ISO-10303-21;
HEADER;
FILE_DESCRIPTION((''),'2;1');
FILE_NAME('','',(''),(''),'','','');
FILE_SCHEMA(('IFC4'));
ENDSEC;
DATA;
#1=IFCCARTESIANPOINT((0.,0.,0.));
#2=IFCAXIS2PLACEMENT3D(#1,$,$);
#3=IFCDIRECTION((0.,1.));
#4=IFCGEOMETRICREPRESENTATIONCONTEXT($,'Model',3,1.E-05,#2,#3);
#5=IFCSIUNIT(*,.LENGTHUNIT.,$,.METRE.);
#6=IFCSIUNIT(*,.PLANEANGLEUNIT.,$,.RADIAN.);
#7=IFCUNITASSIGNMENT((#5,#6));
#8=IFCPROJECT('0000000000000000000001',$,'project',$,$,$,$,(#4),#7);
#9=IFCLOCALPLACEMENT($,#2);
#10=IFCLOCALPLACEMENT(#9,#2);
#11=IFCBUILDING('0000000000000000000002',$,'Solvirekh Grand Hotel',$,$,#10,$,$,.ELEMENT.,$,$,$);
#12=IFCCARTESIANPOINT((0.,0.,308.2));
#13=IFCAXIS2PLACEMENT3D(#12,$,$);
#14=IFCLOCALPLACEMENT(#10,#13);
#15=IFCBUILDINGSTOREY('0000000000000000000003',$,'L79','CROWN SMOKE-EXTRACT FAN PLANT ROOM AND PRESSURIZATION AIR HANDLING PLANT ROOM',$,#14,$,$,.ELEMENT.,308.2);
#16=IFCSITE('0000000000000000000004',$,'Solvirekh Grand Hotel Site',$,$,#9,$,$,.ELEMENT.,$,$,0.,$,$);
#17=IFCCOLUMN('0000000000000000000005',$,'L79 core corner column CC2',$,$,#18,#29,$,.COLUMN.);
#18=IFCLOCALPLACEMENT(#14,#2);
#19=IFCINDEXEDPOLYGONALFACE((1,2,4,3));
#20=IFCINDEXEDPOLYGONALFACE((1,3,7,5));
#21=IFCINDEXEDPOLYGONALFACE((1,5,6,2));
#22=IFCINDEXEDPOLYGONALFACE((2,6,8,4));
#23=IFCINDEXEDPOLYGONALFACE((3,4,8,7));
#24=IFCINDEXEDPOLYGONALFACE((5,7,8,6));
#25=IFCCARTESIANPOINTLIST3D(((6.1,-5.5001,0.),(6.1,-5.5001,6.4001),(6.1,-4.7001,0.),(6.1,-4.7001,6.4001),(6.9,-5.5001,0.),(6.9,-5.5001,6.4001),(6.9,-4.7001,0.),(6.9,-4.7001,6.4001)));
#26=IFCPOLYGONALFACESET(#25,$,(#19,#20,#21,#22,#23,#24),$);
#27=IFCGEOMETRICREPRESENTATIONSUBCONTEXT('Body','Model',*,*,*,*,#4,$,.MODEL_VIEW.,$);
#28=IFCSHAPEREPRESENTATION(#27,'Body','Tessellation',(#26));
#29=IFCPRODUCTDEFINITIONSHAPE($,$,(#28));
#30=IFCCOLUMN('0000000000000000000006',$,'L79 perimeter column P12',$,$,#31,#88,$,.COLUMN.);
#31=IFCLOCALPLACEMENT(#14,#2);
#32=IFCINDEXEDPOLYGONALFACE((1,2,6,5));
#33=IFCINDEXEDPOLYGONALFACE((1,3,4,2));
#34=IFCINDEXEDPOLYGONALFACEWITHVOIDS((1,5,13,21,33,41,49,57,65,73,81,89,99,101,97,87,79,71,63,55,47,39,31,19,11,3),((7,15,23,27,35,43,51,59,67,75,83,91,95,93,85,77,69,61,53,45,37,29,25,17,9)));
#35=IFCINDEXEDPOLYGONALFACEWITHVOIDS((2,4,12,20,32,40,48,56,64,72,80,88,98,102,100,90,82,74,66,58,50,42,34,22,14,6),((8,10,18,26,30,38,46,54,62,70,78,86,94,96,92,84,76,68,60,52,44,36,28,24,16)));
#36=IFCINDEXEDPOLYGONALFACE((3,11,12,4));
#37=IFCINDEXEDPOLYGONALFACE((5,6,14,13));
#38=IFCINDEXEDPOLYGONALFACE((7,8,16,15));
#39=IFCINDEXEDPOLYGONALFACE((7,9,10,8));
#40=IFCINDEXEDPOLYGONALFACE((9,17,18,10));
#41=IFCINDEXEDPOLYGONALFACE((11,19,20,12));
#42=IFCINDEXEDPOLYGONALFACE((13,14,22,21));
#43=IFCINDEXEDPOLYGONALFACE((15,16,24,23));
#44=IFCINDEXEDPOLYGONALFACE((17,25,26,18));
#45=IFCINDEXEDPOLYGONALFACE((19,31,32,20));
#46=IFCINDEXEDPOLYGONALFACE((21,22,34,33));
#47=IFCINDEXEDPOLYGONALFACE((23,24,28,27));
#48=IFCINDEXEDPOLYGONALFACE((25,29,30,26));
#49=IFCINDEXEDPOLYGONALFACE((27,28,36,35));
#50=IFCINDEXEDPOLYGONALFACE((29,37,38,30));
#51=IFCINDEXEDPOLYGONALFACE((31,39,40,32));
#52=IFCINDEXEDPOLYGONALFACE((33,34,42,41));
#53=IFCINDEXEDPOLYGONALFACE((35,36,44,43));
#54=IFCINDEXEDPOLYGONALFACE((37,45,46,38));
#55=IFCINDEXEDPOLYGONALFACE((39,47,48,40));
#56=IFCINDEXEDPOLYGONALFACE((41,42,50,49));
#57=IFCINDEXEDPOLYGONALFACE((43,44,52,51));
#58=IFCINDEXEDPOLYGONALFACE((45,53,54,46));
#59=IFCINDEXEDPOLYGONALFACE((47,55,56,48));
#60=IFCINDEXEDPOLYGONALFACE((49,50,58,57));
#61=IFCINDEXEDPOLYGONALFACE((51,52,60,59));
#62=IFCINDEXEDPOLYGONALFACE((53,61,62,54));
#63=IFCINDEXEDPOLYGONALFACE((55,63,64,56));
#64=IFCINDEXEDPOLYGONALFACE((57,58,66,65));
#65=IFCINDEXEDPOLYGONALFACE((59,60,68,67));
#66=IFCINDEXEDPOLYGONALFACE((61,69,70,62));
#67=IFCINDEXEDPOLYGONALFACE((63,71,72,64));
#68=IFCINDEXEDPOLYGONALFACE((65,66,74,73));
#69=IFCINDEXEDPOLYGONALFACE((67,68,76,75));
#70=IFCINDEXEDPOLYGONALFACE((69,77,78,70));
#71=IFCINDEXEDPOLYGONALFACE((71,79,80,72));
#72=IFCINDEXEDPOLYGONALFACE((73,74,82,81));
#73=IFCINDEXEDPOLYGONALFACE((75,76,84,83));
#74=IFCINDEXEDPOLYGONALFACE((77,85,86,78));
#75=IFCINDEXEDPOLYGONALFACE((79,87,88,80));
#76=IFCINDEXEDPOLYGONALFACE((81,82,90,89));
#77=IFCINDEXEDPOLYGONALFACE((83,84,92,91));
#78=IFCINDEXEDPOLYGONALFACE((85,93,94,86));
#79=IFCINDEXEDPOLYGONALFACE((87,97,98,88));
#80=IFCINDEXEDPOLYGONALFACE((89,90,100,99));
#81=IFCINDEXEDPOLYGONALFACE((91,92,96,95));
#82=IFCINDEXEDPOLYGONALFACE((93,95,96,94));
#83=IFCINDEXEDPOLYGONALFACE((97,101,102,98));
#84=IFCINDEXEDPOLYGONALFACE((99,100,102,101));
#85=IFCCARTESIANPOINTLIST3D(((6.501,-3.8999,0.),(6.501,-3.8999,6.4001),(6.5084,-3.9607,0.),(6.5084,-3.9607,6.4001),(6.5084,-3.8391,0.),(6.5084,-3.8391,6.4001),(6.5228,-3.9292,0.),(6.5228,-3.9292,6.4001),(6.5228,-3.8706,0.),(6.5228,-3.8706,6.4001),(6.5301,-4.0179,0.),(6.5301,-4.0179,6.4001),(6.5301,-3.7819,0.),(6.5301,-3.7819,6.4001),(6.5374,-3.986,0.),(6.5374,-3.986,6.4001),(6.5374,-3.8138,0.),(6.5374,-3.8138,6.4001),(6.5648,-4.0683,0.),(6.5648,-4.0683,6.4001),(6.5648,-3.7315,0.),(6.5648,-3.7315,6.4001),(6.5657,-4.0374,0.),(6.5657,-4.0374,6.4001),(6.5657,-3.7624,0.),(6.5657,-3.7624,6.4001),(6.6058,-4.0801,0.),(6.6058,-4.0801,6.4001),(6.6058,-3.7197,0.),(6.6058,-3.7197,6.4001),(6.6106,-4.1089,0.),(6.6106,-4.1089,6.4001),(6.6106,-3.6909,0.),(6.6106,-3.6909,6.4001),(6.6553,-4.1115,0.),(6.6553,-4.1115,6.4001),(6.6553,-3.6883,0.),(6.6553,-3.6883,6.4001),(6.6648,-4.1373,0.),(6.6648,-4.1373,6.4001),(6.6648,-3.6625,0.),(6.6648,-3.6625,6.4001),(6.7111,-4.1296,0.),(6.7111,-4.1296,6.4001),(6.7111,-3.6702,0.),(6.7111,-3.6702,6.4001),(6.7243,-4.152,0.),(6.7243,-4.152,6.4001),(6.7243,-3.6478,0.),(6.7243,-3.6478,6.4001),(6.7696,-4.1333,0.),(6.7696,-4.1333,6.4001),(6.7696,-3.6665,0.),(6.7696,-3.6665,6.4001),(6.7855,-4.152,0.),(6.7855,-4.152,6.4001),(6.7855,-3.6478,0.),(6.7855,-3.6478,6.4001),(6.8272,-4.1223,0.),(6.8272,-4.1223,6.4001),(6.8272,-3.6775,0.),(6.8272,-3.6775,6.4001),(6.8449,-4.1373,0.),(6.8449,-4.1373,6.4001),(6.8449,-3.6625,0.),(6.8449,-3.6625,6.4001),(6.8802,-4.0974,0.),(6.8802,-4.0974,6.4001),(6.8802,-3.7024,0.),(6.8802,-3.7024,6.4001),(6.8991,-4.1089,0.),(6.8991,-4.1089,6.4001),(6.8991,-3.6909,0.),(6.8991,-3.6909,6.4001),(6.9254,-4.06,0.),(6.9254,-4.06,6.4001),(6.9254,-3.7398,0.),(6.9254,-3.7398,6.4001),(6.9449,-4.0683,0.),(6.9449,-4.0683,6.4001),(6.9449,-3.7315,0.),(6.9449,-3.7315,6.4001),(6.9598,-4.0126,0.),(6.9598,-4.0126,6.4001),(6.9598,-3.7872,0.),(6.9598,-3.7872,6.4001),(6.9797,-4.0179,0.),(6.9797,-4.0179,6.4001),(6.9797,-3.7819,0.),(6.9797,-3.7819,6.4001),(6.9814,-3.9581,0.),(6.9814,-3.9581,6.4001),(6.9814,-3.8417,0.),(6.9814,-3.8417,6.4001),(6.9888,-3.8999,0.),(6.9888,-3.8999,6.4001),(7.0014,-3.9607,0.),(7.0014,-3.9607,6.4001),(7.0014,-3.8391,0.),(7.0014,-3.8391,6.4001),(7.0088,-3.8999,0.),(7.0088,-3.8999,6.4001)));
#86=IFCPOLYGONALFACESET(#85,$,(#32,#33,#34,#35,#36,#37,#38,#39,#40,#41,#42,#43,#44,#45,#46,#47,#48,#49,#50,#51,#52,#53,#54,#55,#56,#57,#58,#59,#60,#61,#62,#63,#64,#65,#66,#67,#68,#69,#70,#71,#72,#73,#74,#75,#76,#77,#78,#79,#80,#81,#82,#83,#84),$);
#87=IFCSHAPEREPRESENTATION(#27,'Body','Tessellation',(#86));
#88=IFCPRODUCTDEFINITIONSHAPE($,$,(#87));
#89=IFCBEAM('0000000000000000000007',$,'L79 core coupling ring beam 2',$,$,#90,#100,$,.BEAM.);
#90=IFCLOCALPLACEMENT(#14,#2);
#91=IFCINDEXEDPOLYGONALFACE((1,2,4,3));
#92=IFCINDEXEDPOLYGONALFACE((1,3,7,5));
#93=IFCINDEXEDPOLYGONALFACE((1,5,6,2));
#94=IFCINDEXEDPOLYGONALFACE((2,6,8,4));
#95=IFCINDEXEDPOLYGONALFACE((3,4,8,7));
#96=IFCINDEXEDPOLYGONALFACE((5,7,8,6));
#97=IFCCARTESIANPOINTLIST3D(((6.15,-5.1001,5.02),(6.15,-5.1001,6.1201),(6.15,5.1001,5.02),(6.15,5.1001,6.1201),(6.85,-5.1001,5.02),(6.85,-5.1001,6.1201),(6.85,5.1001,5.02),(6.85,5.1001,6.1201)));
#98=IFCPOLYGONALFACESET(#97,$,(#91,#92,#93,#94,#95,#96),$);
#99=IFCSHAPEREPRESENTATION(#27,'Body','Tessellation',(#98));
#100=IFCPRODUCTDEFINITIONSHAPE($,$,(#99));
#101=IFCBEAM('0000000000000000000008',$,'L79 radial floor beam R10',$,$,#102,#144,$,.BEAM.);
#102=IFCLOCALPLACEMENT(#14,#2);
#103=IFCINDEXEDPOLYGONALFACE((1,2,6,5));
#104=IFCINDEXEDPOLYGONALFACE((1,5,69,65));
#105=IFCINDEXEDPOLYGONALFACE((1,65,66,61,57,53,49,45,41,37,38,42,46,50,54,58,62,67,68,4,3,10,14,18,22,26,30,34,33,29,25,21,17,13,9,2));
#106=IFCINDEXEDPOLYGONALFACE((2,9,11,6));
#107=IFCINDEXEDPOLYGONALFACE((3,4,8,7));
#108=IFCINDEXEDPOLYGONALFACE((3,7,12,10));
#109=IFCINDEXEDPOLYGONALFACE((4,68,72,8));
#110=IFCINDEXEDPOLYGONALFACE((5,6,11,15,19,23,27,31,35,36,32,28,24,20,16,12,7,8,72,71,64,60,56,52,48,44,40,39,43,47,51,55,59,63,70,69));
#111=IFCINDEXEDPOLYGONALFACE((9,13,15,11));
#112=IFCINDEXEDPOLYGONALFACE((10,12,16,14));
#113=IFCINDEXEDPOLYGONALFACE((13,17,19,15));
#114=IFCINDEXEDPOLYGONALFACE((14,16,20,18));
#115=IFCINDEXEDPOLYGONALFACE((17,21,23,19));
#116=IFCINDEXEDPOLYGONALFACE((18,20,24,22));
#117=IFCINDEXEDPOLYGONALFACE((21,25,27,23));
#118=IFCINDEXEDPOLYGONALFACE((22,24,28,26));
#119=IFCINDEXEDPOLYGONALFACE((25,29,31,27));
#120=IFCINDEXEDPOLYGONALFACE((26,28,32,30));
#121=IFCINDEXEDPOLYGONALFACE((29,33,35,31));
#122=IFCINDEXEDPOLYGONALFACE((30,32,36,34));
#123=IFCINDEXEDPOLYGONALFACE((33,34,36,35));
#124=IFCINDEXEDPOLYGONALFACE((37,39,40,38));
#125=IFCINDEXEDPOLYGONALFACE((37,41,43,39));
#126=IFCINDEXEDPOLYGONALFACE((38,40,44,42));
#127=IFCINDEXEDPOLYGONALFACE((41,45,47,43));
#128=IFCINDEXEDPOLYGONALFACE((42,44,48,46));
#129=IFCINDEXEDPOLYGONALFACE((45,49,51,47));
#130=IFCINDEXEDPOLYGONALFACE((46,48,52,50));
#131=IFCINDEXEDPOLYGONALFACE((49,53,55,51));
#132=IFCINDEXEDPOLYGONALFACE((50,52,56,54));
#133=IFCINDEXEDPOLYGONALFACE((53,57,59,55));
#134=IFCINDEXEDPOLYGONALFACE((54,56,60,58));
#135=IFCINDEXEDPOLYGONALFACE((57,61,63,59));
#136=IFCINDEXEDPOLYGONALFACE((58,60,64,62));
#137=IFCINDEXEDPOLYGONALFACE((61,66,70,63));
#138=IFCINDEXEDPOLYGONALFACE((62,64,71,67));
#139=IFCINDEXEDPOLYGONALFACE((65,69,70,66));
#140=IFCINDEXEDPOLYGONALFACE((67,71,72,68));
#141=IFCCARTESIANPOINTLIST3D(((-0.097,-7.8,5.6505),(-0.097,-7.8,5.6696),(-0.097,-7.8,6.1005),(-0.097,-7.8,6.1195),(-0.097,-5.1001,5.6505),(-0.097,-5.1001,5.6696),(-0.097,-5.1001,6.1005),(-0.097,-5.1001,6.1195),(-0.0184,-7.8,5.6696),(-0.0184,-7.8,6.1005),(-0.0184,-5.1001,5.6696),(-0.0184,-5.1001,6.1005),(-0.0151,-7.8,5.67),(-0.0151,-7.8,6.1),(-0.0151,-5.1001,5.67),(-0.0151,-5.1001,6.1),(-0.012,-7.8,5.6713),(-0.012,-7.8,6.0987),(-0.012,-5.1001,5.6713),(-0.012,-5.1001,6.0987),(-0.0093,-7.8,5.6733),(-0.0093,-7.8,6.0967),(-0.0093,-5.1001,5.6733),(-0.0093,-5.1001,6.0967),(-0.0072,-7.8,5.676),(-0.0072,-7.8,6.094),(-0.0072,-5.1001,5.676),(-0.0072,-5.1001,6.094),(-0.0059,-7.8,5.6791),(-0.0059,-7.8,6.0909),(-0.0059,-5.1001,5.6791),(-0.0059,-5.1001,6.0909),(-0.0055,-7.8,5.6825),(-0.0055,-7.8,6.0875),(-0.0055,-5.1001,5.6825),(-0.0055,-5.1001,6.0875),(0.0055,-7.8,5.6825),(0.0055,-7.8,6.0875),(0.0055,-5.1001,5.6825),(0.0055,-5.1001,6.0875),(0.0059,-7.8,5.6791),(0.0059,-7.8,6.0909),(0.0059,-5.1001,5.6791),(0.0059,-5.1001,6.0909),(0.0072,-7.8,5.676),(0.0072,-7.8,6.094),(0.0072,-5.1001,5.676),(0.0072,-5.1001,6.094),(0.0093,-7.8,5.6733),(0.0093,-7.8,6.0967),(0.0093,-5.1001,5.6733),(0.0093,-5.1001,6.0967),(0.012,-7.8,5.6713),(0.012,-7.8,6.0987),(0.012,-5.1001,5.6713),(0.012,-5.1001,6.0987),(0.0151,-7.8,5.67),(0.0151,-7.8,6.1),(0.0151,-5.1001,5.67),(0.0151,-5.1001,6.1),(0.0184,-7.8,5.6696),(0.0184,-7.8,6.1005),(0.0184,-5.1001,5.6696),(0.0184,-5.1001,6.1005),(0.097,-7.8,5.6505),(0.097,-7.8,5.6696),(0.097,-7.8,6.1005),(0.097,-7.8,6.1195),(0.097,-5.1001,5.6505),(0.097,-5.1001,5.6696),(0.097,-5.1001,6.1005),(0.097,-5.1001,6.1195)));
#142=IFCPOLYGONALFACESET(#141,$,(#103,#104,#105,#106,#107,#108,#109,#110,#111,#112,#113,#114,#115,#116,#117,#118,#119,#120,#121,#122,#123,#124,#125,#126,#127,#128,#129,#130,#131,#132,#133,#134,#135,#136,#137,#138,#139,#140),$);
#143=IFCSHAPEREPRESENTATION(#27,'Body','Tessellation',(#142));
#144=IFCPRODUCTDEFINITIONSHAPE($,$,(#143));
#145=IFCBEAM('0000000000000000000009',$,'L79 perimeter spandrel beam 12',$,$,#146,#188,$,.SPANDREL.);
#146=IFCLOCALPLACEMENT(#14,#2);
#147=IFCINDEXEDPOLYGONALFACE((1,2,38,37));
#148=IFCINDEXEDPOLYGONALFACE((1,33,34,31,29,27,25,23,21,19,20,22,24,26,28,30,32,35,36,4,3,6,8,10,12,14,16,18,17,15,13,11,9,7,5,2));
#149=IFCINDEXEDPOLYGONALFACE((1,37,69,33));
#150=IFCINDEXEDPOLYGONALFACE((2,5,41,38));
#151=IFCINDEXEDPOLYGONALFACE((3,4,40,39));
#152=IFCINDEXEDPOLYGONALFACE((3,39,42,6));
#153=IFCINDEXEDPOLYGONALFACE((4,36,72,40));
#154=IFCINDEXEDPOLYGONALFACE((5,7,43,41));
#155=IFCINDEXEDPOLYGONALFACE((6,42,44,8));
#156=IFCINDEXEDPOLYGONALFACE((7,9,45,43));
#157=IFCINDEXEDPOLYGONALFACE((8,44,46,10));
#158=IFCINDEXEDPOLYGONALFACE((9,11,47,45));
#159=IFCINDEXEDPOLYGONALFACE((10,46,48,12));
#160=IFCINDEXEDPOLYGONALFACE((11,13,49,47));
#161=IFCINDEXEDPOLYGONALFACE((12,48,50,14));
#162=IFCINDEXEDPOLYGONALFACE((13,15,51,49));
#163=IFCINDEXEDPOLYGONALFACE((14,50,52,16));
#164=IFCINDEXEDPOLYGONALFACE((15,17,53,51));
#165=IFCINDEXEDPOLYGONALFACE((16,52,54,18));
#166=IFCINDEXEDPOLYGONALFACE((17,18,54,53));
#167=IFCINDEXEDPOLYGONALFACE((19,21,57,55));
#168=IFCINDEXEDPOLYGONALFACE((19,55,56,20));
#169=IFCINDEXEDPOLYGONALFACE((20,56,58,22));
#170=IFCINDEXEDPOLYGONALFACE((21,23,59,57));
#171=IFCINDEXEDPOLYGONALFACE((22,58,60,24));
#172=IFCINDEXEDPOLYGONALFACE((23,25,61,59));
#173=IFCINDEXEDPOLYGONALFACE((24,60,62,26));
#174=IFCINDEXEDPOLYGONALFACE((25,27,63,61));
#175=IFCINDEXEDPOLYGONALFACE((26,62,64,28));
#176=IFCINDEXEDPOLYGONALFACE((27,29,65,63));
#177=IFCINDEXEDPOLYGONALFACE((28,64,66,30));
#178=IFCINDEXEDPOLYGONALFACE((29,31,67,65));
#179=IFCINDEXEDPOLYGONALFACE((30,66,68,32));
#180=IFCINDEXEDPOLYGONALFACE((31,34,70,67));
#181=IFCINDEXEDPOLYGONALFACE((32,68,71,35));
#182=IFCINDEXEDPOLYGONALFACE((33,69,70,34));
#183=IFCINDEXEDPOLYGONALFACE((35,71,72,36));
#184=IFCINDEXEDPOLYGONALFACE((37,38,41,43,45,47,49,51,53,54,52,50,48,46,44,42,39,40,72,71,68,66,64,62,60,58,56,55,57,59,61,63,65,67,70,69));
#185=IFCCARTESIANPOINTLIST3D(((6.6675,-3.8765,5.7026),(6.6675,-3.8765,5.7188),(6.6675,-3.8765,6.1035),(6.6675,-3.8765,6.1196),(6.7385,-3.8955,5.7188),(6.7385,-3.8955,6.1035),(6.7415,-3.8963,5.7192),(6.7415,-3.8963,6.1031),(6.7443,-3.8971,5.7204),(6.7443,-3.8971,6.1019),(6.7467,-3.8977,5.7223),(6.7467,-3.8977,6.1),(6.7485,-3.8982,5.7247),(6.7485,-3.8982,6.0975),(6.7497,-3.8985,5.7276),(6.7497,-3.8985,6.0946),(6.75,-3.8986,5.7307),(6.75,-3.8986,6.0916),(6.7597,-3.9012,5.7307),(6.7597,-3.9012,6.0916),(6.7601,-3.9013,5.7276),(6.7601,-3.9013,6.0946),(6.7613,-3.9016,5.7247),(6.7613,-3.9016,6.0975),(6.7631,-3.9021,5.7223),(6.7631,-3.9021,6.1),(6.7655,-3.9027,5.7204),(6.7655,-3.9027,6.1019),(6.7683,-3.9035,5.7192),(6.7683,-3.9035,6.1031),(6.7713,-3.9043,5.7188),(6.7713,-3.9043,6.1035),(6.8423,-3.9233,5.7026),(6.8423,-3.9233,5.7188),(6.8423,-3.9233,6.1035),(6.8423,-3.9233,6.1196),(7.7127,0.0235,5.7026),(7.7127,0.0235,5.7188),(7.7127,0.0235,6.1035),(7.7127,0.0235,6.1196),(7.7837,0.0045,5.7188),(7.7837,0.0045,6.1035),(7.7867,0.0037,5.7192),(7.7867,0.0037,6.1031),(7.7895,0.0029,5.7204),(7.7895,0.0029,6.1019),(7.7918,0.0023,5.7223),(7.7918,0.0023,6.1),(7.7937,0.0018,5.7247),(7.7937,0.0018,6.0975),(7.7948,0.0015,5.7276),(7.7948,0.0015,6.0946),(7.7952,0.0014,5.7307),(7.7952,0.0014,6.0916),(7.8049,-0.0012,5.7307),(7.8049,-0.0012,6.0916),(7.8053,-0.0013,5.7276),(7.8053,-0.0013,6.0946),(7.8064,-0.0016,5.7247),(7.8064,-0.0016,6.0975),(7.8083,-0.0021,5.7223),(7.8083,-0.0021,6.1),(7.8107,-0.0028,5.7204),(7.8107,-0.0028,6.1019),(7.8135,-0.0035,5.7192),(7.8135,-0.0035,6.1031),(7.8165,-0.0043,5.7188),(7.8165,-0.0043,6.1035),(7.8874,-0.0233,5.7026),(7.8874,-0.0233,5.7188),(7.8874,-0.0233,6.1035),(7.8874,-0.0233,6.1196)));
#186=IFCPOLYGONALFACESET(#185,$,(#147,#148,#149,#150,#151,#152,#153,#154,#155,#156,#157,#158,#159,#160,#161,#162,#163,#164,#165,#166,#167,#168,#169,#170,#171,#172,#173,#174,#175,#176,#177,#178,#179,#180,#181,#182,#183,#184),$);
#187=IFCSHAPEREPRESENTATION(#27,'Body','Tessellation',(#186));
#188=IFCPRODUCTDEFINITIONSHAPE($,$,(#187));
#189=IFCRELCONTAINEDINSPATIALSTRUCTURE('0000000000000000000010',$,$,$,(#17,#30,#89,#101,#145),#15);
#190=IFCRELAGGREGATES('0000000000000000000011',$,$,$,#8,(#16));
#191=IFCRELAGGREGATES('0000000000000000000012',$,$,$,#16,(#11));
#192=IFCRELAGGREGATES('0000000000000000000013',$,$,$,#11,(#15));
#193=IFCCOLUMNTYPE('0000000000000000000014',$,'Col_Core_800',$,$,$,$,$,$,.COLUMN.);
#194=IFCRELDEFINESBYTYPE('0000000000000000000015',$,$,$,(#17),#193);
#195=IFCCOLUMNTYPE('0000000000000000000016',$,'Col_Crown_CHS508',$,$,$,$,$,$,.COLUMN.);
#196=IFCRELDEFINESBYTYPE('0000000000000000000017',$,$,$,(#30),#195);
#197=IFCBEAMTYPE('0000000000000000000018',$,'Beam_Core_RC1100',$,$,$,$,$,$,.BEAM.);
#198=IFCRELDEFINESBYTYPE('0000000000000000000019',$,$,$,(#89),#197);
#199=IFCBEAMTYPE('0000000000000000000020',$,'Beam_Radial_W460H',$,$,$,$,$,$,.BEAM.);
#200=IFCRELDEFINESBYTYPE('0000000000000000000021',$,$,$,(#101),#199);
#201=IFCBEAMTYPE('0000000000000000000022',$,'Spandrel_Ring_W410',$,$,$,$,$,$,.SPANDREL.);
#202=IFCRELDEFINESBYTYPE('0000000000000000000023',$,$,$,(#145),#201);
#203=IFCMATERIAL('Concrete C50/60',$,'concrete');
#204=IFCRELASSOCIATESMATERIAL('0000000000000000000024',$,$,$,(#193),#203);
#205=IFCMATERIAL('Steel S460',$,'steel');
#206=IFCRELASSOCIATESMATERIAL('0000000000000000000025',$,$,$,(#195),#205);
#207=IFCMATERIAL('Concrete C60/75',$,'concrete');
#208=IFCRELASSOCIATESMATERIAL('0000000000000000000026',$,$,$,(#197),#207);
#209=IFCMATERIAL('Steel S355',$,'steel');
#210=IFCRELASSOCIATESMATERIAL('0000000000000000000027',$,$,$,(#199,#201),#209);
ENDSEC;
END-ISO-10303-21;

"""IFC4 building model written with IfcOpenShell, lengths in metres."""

from ifc_helpers import new_model, si_unit, direction, frame, origin, origin_2d, place, context, subcontext, project, spatial, rectangle, hollow_circle, i_section, extrude, material, material_profile, profile_set, type_object, element, save


model = new_model("IFC4")

# Units and contexts
model_context = context("Model", 3, precision=1e-05, world=origin(), true_north=direction((0.0, 1.0)))
body_context = subcontext(model_context, "Body", "Model", "MODEL_VIEW")
ifc_project = project(units=[si_unit("LENGTHUNIT", "METRE"), si_unit("PLANEANGLEUNIT", "RADIAN")], contexts=[model_context])

# Site, building, storey
site_placement = place(None, origin())
site = spatial("IfcSite", under=ifc_project, at=site_placement, Name="Solvirekh Grand Hotel Site", CompositionType="ELEMENT", RefElevation=0.0)
building_placement = place(site_placement, origin())
building = spatial("IfcBuilding", under=site, at=building_placement, Name="Solvirekh Grand Hotel", CompositionType="ELEMENT")
storey_placement = place(building_placement, frame((0.0, 0.0, 308.2)))
storey = spatial("IfcBuildingStorey", under=building, at=storey_placement, Name="L79", Description="CROWN SMOKE-EXTRACT FAN PLANT ROOM AND PRESSURIZATION AIR HANDLING PLANT ROOM", CompositionType="ELEMENT", Elevation=308.2)

# Columns
ifc_material_1 = material(Name="Concrete C50/60", Category="concrete")
ifc_material_profile_1 = material_profile(ifc_material_1, rectangle(XDim=0.8, YDim=0.8, at=origin_2d()), Name="RC 800X800")
ifc_profile_set_1 = profile_set([ifc_material_profile_1], Name="Concrete C50/60")
column_type_1 = type_object("IfcColumnType", Name="Col_Core_800", PredefinedType="COLUMN", material=ifc_profile_set_1)
column_1_placement = place(storey_placement, frame((6.5, -5.1001, 0.0), z_axis=(0.0, 0.0, 1.0), x_axis=(1.0, 0.0, 0.0)))
element("IfcColumn", 1, at=column_1_placement, inside=storey, type_object=column_type_1, Name="L79 core corner column CC2", PredefinedType="COLUMN", context=body_context, shape_type="SweptSolid", body=[
    extrude(rectangle(XDim=0.8, YDim=0.8, at=origin_2d()), origin(), (0.0, 0.0, 1.0), 6.4001),
])
ifc_material_2 = material(Name="Steel S460", Category="steel")
ifc_material_profile_2 = material_profile(ifc_material_2, hollow_circle(Radius=0.2539, WallThickness=0.02, at=origin_2d()), Name="CHS 508X20")
ifc_profile_set_2 = profile_set([ifc_material_profile_2], Name="Steel S460")
column_type_2 = type_object("IfcColumnType", Name="Col_Crown_CHS508", PredefinedType="COLUMN", material=ifc_profile_set_2)
column_2_placement = place(storey_placement, frame((6.7549, -3.8999, 0.0), z_axis=(0.0, 0.0, 1.0), x_axis=(1.0, 0.0, 0.0)))
element("IfcColumn", 2, at=column_2_placement, inside=storey, type_object=column_type_2, Name="L79 perimeter column P12", PredefinedType="COLUMN", context=body_context, shape_type="SweptSolid", body=[
    extrude(hollow_circle(Radius=0.2539, WallThickness=0.02, at=origin_2d()), origin(), (0.0, 0.0, 1.0), 6.4001),
])

# Beams
ifc_material_3 = material(Name="Concrete C60/75", Category="concrete")
ifc_material_profile_3 = material_profile(ifc_material_3, rectangle(XDim=0.7, YDim=1.1001, at=origin_2d()), Name="RC BEAM 700X1100")
ifc_profile_set_3 = profile_set([ifc_material_profile_3], Name="Concrete C60/75")
beam_type_1 = type_object("IfcBeamType", Name="Beam_Core_RC1100", PredefinedType="BEAM", material=ifc_profile_set_3)
beam_1_placement = place(storey_placement, frame((6.5, -5.1001, 5.5701), z_axis=(0.0, 1.0, 0.0), x_axis=(-1.0, 0.0, 0.0)))
element("IfcBeam", 3, at=beam_1_placement, inside=storey, type_object=beam_type_1, Name="L79 core coupling ring beam 2", PredefinedType="BEAM", context=body_context, shape_type="SweptSolid", body=[
    extrude(rectangle(XDim=0.7, YDim=1.1001, at=origin_2d()), origin(), (0.0, 0.0, 1.0), 10.2002),
])
ifc_material_4 = material(Name="Steel S355", Category="steel")
ifc_material_profile_4 = material_profile(ifc_material_4, i_section(OverallWidth=0.1941, OverallDepth=0.469, WebThickness=0.011, FlangeThickness=0.019, FilletRadius=0.0129, at=origin_2d()), Name="W460X106")
ifc_profile_set_4 = profile_set([ifc_material_profile_4], Name="Steel S355")
beam_type_2 = type_object("IfcBeamType", Name="Beam_Radial_W460H", PredefinedType="BEAM", material=ifc_profile_set_4)
beam_2_placement = place(storey_placement, frame((0.0, -5.1001, 5.885), z_axis=(0.0, -1.0, 0.0), x_axis=(1.0, 0.0, 0.0)))
element("IfcBeam", 4, at=beam_2_placement, inside=storey, type_object=beam_type_2, Name="L79 radial floor beam R10", PredefinedType="BEAM", context=body_context, shape_type="SweptSolid", body=[
    extrude(i_section(OverallWidth=0.1941, OverallDepth=0.469, WebThickness=0.011, FlangeThickness=0.019, FilletRadius=0.0129, at=origin_2d()), origin(), (0.0, 0.0, 1.0), 2.7),
])
ifc_material_profile_5 = material_profile(ifc_material_4, i_section(OverallWidth=0.1809, OverallDepth=0.417, WebThickness=0.01, FlangeThickness=0.0161, FilletRadius=0.012, at=origin_2d()), Name="W410X85")
ifc_profile_set_5 = profile_set([ifc_material_profile_5], Name="Steel S355")
beam_type_3 = type_object("IfcBeamType", Name="Spandrel_Ring_W410", PredefinedType="SPANDREL", material=ifc_profile_set_5)
beam_3_placement = place(storey_placement, frame((6.7549, -3.8999, 5.9111), z_axis=(0.258863, 0.965914, 0.0), x_axis=(-0.965914, 0.258863, 0.0)))
element("IfcBeam", 5, at=beam_3_placement, inside=storey, type_object=beam_type_3, Name="L79 perimeter spandrel beam 12", PredefinedType="SPANDREL", context=body_context, shape_type="SweptSolid", body=[
    extrude(i_section(OverallWidth=0.1809, OverallDepth=0.417, WebThickness=0.01, FlangeThickness=0.0161, FilletRadius=0.012, at=origin_2d()), origin(), (0.0, 0.0, 1.0), 4.0376),
])

save(model, "model.ifc")
